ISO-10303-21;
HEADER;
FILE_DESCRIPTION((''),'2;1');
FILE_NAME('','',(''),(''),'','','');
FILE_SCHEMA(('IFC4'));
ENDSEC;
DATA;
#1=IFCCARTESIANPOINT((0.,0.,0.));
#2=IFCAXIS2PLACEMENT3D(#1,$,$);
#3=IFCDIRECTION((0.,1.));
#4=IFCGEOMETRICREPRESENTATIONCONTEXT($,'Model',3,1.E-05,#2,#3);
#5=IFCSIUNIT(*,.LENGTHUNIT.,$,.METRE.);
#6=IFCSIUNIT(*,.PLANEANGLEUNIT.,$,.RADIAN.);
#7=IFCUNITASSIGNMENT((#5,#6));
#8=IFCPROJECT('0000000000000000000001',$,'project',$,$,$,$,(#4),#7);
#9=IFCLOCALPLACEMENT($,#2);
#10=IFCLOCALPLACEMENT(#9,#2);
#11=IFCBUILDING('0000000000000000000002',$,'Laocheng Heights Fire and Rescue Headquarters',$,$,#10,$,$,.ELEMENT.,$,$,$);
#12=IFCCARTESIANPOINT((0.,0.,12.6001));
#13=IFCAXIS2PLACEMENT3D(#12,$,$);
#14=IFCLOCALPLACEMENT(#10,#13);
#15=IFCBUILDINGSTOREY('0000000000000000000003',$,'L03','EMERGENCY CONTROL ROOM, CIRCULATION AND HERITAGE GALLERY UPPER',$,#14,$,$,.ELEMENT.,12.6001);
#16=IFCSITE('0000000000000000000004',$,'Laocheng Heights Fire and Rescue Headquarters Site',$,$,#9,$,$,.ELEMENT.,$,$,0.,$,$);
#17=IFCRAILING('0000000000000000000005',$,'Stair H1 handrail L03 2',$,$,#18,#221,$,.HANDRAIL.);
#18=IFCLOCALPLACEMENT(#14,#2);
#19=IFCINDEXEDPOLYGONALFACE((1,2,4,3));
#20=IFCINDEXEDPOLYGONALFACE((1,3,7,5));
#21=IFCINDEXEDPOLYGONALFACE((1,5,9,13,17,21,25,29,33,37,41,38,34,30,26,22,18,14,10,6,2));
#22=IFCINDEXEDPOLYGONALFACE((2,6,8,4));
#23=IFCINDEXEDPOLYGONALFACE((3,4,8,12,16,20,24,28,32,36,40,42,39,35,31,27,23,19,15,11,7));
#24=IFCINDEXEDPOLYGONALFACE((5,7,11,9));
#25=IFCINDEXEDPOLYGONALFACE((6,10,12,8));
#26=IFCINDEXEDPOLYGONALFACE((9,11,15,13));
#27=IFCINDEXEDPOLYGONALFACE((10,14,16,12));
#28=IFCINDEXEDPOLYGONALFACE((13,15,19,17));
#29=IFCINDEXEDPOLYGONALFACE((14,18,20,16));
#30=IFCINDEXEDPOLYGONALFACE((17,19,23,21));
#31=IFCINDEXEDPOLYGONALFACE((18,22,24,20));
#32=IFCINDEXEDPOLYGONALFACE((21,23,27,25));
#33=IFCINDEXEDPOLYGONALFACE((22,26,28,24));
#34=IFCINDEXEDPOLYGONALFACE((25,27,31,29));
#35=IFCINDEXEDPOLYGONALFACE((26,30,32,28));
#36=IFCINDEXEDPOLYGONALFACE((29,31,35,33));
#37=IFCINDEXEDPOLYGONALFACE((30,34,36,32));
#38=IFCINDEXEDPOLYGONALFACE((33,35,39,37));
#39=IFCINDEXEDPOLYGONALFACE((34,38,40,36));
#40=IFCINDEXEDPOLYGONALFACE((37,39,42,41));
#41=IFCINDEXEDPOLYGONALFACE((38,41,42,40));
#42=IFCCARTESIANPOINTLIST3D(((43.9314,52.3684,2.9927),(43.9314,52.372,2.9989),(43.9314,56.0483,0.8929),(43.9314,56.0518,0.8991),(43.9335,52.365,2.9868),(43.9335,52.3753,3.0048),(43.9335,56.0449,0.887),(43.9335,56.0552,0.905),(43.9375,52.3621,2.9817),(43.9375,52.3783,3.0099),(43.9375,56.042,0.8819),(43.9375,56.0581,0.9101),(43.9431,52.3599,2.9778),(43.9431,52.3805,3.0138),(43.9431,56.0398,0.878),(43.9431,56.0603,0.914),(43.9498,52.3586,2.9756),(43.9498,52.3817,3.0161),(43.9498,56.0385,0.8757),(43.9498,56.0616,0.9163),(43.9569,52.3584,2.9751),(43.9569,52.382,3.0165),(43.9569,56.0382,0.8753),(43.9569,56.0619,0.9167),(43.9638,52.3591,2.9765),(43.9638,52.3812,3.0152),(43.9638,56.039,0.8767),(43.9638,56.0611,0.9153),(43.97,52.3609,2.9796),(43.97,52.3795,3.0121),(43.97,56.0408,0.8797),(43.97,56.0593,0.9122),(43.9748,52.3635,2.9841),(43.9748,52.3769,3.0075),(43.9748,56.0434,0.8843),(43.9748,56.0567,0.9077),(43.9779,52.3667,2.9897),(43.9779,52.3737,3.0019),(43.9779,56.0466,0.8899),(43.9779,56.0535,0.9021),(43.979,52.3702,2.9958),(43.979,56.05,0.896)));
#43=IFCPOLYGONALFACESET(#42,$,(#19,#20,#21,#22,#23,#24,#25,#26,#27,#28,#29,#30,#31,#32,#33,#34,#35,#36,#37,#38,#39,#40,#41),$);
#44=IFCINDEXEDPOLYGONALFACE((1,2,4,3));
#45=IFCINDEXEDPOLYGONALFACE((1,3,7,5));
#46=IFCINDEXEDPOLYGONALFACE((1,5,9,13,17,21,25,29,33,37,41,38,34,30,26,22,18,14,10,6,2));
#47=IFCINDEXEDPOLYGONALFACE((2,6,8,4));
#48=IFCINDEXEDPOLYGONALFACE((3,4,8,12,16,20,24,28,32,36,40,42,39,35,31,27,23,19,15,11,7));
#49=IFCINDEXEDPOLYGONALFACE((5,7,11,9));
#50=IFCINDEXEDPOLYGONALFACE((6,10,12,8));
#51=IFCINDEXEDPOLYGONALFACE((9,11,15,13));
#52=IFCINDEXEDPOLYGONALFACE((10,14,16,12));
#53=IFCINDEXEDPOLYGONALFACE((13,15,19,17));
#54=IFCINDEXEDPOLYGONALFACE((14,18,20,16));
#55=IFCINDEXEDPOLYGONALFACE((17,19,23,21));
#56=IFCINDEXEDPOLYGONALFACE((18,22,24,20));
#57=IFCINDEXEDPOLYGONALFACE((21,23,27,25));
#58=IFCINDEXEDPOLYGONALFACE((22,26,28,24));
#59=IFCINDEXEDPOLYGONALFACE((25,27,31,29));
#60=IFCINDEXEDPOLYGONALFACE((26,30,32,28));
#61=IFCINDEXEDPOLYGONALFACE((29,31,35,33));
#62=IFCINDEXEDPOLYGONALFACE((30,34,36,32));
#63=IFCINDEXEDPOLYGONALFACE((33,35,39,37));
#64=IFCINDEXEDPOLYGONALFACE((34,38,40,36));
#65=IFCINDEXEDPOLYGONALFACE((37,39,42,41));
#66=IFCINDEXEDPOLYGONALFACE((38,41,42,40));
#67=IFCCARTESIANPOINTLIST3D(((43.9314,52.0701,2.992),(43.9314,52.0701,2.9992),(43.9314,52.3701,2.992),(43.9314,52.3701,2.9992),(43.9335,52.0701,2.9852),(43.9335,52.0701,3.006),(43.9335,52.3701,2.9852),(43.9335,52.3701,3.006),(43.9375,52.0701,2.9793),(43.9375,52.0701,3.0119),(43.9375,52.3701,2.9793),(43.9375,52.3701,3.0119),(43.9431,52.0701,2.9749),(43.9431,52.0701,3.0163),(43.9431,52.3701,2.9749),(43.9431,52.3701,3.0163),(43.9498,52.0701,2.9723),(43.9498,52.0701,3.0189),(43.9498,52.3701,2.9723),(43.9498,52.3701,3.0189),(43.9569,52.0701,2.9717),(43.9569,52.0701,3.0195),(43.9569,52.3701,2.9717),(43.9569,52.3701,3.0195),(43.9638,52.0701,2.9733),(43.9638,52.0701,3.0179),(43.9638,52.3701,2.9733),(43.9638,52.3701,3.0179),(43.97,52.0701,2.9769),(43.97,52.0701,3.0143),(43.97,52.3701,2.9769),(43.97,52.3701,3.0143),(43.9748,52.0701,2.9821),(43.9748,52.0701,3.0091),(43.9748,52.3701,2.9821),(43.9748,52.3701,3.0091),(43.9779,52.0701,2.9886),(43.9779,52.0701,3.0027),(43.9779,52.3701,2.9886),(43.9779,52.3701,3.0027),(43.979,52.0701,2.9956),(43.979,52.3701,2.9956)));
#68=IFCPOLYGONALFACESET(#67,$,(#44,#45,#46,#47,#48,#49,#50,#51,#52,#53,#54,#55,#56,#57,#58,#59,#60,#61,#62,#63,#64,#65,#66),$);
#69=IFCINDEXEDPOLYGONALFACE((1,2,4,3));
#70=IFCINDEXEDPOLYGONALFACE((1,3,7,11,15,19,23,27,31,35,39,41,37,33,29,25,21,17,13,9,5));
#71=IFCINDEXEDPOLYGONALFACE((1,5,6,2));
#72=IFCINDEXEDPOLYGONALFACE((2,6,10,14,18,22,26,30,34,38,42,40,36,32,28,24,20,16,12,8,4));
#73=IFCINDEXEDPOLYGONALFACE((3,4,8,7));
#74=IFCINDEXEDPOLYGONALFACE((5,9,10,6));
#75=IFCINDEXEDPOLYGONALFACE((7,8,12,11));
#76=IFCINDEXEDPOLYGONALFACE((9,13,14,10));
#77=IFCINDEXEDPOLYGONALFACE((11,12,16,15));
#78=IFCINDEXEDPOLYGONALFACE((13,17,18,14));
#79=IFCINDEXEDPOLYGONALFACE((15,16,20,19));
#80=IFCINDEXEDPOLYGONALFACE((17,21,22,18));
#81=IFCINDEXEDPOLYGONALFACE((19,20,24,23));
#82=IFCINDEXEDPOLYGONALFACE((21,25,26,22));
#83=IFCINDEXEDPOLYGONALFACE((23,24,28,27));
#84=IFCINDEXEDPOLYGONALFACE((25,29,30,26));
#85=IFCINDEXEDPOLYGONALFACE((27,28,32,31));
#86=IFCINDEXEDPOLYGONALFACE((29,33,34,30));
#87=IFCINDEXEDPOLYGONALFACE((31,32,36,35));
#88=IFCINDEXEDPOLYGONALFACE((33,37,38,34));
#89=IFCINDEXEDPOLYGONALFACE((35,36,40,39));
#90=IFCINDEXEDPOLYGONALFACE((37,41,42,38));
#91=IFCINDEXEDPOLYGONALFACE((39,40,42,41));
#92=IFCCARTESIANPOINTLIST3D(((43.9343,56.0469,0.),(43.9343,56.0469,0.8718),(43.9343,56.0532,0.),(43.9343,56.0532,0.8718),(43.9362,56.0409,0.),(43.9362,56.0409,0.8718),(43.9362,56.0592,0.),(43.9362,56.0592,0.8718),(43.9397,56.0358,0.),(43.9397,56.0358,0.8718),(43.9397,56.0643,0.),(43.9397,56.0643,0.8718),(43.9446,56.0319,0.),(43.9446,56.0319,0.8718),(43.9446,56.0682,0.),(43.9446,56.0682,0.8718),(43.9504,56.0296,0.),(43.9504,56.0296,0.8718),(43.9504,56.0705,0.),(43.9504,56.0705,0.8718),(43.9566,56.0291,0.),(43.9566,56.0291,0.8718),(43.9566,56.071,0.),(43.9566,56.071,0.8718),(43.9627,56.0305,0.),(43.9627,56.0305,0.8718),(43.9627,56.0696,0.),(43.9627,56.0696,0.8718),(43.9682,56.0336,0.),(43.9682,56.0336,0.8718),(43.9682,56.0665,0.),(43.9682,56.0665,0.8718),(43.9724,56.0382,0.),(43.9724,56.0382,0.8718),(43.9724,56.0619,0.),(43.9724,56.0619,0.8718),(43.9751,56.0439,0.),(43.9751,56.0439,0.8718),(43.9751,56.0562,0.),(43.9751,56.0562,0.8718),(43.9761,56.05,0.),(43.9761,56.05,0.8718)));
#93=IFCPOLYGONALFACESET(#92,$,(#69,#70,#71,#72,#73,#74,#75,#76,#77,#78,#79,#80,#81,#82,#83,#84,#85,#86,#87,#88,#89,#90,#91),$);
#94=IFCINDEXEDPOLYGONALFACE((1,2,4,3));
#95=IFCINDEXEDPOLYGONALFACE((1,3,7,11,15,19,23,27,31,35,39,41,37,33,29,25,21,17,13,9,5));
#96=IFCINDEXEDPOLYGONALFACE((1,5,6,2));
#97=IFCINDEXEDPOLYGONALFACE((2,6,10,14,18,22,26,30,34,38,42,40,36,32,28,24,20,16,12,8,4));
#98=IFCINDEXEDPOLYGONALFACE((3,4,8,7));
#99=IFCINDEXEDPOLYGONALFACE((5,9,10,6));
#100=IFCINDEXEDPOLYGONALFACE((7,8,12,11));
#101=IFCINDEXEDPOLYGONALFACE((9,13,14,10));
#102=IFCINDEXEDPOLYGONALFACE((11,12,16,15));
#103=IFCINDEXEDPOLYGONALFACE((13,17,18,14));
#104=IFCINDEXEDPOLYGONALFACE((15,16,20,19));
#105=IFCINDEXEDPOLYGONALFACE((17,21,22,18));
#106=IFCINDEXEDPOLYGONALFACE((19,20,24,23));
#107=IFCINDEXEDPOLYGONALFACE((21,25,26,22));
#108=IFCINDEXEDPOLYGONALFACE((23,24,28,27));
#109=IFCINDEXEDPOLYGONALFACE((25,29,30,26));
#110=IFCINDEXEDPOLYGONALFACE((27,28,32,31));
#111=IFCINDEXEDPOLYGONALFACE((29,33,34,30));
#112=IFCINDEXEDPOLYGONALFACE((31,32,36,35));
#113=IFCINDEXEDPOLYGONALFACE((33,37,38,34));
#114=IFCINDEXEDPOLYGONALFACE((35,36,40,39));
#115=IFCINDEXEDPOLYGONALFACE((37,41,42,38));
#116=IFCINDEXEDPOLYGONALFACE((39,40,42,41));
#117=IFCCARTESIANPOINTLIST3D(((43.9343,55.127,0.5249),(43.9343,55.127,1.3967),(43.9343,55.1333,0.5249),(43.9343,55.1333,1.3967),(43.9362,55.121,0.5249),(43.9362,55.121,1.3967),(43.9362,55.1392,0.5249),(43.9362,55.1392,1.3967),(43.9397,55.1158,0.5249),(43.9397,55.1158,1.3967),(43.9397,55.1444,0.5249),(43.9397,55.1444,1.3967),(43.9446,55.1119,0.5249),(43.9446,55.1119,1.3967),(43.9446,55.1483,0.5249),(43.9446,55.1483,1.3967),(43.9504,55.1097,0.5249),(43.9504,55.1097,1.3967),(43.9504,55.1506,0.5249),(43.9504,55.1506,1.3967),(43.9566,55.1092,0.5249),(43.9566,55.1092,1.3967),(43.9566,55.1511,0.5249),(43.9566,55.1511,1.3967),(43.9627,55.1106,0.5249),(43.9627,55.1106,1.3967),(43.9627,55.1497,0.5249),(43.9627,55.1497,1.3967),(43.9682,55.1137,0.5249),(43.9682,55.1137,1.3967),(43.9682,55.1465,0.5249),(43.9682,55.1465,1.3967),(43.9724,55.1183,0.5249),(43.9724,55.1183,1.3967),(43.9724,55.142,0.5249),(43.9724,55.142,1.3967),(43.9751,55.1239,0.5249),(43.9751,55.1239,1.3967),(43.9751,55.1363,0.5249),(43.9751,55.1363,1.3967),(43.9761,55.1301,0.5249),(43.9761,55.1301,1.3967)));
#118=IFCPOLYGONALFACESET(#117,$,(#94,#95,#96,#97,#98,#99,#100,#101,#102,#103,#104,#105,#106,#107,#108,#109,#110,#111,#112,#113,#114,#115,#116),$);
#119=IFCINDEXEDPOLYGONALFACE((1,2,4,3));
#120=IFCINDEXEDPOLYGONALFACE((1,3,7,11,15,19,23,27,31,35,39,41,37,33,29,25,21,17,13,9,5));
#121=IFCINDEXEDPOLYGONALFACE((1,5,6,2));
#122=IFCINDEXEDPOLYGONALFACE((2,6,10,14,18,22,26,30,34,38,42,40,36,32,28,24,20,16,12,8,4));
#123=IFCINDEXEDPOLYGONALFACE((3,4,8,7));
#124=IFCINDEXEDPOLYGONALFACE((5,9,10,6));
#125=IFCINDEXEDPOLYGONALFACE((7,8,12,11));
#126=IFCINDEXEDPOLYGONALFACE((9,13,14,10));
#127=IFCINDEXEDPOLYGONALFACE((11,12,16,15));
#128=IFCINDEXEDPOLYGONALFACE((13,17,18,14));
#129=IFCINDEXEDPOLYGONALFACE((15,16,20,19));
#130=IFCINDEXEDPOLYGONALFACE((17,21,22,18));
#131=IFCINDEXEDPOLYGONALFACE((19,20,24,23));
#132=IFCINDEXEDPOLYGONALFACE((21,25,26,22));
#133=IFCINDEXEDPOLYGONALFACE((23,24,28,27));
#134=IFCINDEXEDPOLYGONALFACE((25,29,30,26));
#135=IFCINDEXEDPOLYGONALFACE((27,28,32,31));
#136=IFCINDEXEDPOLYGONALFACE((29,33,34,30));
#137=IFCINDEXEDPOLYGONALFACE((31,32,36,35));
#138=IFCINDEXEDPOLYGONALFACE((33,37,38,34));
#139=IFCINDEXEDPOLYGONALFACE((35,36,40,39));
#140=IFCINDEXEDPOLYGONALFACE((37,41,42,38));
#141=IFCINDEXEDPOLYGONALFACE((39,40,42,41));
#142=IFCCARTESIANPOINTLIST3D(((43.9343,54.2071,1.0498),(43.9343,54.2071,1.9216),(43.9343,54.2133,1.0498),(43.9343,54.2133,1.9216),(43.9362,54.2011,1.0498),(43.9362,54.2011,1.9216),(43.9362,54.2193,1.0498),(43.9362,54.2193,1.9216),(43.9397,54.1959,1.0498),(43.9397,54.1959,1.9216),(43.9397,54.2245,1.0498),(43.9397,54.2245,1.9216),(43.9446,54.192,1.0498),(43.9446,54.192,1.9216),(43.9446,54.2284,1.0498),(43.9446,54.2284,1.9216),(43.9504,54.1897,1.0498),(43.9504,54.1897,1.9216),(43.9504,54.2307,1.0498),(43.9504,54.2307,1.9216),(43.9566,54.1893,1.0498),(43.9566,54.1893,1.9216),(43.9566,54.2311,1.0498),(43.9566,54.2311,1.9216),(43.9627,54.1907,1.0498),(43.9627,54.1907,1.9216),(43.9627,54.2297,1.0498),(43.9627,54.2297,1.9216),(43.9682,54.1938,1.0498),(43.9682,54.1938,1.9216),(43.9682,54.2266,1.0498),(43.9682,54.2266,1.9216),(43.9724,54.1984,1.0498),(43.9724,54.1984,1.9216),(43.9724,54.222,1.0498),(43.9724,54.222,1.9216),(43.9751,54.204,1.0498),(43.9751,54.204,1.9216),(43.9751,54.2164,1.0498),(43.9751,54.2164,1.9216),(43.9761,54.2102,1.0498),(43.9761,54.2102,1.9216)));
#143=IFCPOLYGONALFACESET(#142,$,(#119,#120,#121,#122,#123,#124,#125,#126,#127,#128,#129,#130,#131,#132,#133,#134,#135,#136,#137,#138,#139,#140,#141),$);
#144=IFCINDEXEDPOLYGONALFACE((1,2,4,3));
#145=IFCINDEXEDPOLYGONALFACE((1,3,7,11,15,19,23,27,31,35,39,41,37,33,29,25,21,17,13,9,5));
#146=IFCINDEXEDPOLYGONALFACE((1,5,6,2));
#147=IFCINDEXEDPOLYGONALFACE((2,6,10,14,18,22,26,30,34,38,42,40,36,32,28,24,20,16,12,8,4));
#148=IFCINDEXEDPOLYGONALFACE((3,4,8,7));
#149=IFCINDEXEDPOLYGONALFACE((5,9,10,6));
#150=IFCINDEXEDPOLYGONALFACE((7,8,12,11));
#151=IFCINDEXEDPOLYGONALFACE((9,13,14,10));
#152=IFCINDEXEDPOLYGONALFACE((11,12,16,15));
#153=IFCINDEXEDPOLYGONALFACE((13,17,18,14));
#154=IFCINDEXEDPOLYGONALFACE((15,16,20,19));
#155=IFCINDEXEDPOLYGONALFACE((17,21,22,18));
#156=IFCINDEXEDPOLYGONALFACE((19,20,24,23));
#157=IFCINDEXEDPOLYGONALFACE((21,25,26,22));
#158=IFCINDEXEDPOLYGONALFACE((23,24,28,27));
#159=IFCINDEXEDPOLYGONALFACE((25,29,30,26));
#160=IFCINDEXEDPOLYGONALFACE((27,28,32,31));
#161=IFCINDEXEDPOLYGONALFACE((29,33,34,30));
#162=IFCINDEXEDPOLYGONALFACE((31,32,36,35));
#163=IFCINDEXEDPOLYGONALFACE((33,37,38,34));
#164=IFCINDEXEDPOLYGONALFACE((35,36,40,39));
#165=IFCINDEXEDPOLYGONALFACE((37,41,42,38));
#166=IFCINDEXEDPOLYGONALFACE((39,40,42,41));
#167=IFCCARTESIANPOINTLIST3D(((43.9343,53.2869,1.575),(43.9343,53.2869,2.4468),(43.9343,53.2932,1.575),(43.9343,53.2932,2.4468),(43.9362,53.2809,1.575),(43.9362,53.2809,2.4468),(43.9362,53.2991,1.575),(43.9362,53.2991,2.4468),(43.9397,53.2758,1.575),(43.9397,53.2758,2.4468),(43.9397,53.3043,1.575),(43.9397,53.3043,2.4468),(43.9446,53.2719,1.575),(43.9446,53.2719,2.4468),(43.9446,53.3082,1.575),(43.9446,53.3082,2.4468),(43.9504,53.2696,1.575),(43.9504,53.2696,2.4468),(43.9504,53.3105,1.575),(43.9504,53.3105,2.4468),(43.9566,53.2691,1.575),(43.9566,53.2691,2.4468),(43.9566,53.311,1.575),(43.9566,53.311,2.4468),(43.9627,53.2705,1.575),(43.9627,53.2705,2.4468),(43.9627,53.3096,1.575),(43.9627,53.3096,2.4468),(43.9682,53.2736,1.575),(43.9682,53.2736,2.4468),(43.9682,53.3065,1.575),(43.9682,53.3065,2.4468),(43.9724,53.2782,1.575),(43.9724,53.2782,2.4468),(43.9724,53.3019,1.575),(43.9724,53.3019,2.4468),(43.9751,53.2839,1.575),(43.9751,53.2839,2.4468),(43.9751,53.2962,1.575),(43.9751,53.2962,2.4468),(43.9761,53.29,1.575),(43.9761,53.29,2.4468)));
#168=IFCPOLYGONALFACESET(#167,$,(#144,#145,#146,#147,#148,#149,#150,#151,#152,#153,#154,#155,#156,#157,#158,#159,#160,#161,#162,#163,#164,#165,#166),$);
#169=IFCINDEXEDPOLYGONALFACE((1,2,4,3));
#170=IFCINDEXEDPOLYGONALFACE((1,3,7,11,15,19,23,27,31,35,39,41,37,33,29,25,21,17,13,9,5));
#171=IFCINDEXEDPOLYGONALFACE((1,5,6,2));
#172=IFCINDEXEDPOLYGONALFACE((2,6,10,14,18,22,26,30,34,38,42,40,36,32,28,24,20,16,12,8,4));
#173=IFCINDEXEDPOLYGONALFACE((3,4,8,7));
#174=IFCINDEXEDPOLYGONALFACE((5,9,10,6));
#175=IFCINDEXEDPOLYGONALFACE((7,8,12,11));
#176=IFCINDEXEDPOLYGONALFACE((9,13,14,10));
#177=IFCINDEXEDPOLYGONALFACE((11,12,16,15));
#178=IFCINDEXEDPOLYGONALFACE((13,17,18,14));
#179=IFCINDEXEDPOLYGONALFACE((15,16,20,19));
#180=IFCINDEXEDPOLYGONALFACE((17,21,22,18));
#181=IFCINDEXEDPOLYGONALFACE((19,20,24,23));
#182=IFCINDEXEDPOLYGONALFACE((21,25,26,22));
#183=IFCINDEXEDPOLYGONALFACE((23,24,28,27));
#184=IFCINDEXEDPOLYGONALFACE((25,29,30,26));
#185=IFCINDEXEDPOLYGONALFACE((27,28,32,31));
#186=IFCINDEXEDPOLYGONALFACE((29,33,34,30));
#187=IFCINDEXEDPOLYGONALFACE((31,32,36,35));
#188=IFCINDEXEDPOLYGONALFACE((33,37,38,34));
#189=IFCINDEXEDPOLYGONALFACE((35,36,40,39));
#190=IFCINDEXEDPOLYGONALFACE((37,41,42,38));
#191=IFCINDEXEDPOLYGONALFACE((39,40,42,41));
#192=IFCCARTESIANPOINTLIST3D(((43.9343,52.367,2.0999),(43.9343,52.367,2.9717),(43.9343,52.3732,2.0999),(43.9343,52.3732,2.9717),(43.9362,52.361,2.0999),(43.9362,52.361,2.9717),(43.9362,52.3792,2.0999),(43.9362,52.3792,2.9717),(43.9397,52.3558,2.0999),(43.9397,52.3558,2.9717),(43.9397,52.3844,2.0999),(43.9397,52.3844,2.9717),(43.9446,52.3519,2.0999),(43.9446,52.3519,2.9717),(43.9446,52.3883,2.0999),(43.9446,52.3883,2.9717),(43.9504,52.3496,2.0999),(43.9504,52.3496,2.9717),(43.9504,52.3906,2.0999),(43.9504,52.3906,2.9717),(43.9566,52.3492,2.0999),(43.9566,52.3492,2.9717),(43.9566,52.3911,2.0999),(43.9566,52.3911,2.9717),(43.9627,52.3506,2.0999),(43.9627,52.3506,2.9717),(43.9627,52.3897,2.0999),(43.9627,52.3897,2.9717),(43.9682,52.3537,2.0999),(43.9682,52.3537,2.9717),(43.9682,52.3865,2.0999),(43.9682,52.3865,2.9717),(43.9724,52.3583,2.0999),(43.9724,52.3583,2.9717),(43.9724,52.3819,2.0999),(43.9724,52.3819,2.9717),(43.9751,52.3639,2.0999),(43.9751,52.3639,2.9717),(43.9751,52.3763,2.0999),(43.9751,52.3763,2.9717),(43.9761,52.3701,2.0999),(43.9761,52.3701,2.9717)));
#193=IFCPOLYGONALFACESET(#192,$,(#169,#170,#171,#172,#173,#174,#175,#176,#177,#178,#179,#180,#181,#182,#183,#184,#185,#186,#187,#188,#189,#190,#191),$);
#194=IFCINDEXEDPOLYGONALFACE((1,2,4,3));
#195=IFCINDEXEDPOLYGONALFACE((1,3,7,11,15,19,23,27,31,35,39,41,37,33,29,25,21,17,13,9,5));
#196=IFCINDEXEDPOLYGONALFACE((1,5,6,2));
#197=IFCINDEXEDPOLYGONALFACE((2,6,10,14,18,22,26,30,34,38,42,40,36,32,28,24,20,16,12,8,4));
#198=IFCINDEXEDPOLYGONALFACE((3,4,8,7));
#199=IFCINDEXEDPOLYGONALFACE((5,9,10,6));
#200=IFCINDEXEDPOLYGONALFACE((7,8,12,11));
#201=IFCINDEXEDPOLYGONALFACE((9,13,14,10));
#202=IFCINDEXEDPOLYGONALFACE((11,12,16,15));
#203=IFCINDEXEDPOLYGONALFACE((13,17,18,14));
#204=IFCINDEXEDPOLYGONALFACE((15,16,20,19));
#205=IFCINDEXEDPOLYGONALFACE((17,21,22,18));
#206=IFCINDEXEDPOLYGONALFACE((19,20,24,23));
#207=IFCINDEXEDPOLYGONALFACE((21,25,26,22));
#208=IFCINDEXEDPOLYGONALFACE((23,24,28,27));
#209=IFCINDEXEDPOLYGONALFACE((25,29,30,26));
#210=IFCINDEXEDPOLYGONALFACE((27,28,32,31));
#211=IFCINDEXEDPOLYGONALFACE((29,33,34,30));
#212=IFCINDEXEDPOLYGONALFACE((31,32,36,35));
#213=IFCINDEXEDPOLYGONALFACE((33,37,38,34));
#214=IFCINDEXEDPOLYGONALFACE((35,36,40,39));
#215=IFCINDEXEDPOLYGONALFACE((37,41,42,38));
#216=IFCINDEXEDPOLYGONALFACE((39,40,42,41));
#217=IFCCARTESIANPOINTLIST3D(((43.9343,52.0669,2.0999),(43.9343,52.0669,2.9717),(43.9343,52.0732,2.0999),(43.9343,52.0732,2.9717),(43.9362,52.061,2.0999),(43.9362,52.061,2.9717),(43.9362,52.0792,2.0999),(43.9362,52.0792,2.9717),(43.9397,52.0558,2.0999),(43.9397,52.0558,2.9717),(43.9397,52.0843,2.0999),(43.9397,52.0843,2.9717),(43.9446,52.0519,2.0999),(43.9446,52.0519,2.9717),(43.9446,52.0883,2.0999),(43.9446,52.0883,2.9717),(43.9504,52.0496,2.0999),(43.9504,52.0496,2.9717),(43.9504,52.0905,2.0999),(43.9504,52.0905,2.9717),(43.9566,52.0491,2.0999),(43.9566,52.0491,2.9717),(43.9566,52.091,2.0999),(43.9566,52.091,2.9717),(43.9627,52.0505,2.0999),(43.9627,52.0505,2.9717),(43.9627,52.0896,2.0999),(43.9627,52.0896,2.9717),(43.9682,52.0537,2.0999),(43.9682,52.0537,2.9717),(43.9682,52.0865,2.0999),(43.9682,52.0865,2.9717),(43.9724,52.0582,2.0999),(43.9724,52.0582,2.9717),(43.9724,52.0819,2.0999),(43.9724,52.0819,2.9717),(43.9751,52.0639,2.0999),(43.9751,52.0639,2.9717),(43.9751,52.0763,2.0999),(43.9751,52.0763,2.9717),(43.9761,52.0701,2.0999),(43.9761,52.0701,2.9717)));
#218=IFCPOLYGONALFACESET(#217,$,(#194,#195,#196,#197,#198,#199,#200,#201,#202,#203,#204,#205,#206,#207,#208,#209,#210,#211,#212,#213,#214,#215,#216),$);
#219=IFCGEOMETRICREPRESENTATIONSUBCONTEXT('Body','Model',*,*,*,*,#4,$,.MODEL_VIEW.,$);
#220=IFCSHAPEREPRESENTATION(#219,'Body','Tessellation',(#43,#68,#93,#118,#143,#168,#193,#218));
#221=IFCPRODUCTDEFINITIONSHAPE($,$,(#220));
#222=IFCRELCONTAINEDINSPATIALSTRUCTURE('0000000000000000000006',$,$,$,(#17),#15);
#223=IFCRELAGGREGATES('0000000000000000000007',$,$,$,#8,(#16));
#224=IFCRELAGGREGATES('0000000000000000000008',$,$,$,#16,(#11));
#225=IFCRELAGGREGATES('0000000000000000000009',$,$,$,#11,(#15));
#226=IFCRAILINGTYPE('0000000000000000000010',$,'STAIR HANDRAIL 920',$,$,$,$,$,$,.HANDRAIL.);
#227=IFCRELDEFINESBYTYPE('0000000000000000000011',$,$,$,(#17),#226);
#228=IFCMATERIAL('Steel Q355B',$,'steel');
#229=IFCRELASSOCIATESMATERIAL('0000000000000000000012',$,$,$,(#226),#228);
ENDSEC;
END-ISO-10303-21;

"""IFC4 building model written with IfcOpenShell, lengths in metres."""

from ifc_helpers import new_model, si_unit, direction, frame, origin, origin_2d, place, context, subcontext, project, spatial, circle, extrude, material, type_object, element, save


model = new_model("IFC4")

# Units and contexts
model_context = context("Model", 3, precision=1e-05, world=origin(), true_north=direction((0.0, 1.0)))
body_context = subcontext(model_context, "Body", "Model", "MODEL_VIEW")
ifc_project = project(units=[si_unit("LENGTHUNIT", "METRE"), si_unit("PLANEANGLEUNIT", "RADIAN")], contexts=[model_context])

# Site, building, storey
site_placement = place(None, origin())
site = spatial("IfcSite", under=ifc_project, at=site_placement, Name="Laocheng Heights Fire and Rescue Headquarters Site", CompositionType="ELEMENT", RefElevation=0.0)
building_placement = place(site_placement, origin())
building = spatial("IfcBuilding", under=site, at=building_placement, Name="Laocheng Heights Fire and Rescue Headquarters", CompositionType="ELEMENT")
storey_placement = place(building_placement, frame((0.0, 0.0, 12.6001)))
storey = spatial("IfcBuildingStorey", under=building, at=storey_placement, Name="L03", Description="EMERGENCY CONTROL ROOM, CIRCULATION AND HERITAGE GALLERY UPPER", CompositionType="ELEMENT", Elevation=12.6001)

# Railing
ifc_material_1 = material(Name="Steel Q355B", Category="steel")
railing_type_1 = type_object("IfcRailingType", Name="STAIR HANDRAIL 920", PredefinedType="HANDRAIL", material=ifc_material_1)
railing_1_placement = place(storey_placement, frame((43.9551, 56.05, 0.0)))
element("IfcRailing", 1, at=railing_1_placement, inside=storey, type_object=railing_type_1, Name="Stair H1 handrail L03 2", PredefinedType="HANDRAIL", context=body_context, shape_type="SweptSolid", body=[
    extrude(circle(Radius=0.0239, at=origin_2d()), frame((0.0, 0.0, 0.896), z_axis=(0.0, -0.868544, 0.495611), x_axis=(1.0, 0.0, 0.0)), (0.0, 0.0, 1.0), 4.2368),
    extrude(circle(Radius=0.0239, at=origin_2d()), frame((0.0, -3.6799, 2.9956), z_axis=(0.0, -1.0, 0.0), x_axis=(1.0, 0.0, 0.0)), (0.0, 0.0, 1.0), 0.3),
    extrude(circle(Radius=0.021, at=origin_2d()), origin(), (0.0, 0.0, 1.0), 0.8718),
    extrude(circle(Radius=0.021, at=origin_2d()), frame((0.0, -0.9199, 0.5249)), (0.0, 0.0, 1.0), 0.8718),
    extrude(circle(Radius=0.021, at=origin_2d()), frame((0.0, -1.8398, 1.0498)), (0.0, 0.0, 1.0), 0.8718),
    extrude(circle(Radius=0.021, at=origin_2d()), frame((0.0, -2.76, 1.575)), (0.0, 0.0, 1.0), 0.8718),
    extrude(circle(Radius=0.021, at=origin_2d()), frame((0.0, -3.6799, 2.0999)), (0.0, 0.0, 1.0), 0.8718),
    extrude(circle(Radius=0.021, at=origin_2d()), frame((0.0, -3.98, 2.0999)), (0.0, 0.0, 1.0), 0.8718),
])

save(model, "model.ifc")
